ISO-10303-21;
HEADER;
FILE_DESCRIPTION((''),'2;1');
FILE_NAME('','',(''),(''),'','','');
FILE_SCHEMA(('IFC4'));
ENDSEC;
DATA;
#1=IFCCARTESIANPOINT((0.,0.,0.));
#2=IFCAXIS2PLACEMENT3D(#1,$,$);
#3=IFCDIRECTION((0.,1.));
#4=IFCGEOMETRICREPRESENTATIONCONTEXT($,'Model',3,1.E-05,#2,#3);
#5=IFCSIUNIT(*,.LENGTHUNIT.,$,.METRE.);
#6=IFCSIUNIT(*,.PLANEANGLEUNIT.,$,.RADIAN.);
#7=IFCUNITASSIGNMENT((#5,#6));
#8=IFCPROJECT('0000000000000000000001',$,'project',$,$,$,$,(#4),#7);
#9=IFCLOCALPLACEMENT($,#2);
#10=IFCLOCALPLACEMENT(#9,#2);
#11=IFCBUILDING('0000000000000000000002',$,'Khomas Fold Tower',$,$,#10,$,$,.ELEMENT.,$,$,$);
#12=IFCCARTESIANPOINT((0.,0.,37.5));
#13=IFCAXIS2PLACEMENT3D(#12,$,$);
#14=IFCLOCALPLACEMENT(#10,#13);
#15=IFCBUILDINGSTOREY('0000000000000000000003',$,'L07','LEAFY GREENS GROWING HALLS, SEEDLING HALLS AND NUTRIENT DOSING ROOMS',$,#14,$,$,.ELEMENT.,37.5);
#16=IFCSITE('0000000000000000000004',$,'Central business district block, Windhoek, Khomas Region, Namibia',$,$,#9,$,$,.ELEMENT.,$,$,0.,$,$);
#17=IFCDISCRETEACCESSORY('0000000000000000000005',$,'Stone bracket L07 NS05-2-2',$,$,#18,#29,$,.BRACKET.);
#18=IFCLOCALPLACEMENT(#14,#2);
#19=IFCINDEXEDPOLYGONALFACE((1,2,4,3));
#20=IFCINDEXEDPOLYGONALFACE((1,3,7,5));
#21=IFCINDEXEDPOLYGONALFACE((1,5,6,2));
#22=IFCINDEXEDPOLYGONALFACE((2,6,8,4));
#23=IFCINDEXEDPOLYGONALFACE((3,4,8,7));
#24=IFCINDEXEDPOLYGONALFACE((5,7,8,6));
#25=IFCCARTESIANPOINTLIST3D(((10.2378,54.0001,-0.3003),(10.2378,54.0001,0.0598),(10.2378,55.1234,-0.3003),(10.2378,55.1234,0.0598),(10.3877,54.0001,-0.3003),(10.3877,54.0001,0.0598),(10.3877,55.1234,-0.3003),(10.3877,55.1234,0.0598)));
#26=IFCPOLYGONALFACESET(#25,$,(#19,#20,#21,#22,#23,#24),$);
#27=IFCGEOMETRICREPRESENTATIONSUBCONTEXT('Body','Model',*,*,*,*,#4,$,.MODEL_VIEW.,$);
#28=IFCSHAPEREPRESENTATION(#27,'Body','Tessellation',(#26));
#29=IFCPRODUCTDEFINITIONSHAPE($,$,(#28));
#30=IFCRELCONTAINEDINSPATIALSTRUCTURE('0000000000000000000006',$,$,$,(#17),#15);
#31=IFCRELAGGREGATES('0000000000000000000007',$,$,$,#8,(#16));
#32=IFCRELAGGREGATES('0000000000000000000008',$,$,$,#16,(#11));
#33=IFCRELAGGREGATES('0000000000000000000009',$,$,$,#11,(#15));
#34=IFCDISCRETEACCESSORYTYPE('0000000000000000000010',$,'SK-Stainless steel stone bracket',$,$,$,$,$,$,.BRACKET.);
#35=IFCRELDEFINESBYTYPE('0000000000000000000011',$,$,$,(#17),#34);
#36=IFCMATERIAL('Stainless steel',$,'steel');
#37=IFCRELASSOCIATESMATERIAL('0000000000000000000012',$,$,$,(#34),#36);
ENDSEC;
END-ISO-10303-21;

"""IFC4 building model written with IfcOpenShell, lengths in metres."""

from ifc_helpers import new_model, si_unit, direction, frame, origin, origin_2d, place, context, subcontext, project, spatial, rectangle, extrude, source, transform, mapped, material, type_object, element, save


model = new_model("IFC4")

# Units and contexts
model_context = context("Model", 3, precision=1e-05, world=origin(), true_north=direction((0.0, 1.0)))
body_context = subcontext(model_context, "Body", "Model", "MODEL_VIEW")
ifc_project = project(units=[si_unit("LENGTHUNIT", "METRE"), si_unit("PLANEANGLEUNIT", "RADIAN")], contexts=[model_context])

# Site, building, storey
site_placement = place(None, origin())
site = spatial("IfcSite", under=ifc_project, at=site_placement, Name="Central business district block, Windhoek, Khomas Region, Namibia", CompositionType="ELEMENT", RefElevation=0.0)
building_placement = place(site_placement, origin())
building = spatial("IfcBuilding", under=site, at=building_placement, Name="Khomas Fold Tower", CompositionType="ELEMENT")
storey_placement = place(building_placement, frame((0.0, 0.0, 37.5)))
storey = spatial("IfcBuildingStorey", under=building, at=storey_placement, Name="L07", Description="LEAFY GREENS GROWING HALLS, SEEDLING HALLS AND NUTRIENT DOSING ROOMS", CompositionType="ELEMENT", Elevation=37.5)

# Discrete accessory
ifc_material_1 = material(Name="Stainless steel", Category="steel")
discrete_accessory_type = type_object("IfcDiscreteAccessoryType", Name="SK-Stainless steel stone bracket", PredefinedType="BRACKET", material=ifc_material_1)
shared_shape_1 = source(origin(), body_context, "Body", "SweptSolid", [
    extrude(rectangle(XDim=1.1233, YDim=0.1499, at=origin_2d()), origin(), (0.0, 0.0, 1.0), 0.3601),
])
discrete_accessory_placement = place(storey_placement, frame((10.3127, 54.5618, -0.3003), z_axis=(0.0, 0.0, 1.0), x_axis=(0.0, 1.0, 0.0)))
element("IfcDiscreteAccessory", 1, at=discrete_accessory_placement, inside=storey, type_object=discrete_accessory_type, Name="Stone bracket L07 NS05-2-2", PredefinedType="BRACKET", context=body_context, shape_type="MappedRepresentation", body=[
    mapped(shared_shape_1, transform((0.0, 0.0, 0.0))),
])

save(model, "model.ifc")
